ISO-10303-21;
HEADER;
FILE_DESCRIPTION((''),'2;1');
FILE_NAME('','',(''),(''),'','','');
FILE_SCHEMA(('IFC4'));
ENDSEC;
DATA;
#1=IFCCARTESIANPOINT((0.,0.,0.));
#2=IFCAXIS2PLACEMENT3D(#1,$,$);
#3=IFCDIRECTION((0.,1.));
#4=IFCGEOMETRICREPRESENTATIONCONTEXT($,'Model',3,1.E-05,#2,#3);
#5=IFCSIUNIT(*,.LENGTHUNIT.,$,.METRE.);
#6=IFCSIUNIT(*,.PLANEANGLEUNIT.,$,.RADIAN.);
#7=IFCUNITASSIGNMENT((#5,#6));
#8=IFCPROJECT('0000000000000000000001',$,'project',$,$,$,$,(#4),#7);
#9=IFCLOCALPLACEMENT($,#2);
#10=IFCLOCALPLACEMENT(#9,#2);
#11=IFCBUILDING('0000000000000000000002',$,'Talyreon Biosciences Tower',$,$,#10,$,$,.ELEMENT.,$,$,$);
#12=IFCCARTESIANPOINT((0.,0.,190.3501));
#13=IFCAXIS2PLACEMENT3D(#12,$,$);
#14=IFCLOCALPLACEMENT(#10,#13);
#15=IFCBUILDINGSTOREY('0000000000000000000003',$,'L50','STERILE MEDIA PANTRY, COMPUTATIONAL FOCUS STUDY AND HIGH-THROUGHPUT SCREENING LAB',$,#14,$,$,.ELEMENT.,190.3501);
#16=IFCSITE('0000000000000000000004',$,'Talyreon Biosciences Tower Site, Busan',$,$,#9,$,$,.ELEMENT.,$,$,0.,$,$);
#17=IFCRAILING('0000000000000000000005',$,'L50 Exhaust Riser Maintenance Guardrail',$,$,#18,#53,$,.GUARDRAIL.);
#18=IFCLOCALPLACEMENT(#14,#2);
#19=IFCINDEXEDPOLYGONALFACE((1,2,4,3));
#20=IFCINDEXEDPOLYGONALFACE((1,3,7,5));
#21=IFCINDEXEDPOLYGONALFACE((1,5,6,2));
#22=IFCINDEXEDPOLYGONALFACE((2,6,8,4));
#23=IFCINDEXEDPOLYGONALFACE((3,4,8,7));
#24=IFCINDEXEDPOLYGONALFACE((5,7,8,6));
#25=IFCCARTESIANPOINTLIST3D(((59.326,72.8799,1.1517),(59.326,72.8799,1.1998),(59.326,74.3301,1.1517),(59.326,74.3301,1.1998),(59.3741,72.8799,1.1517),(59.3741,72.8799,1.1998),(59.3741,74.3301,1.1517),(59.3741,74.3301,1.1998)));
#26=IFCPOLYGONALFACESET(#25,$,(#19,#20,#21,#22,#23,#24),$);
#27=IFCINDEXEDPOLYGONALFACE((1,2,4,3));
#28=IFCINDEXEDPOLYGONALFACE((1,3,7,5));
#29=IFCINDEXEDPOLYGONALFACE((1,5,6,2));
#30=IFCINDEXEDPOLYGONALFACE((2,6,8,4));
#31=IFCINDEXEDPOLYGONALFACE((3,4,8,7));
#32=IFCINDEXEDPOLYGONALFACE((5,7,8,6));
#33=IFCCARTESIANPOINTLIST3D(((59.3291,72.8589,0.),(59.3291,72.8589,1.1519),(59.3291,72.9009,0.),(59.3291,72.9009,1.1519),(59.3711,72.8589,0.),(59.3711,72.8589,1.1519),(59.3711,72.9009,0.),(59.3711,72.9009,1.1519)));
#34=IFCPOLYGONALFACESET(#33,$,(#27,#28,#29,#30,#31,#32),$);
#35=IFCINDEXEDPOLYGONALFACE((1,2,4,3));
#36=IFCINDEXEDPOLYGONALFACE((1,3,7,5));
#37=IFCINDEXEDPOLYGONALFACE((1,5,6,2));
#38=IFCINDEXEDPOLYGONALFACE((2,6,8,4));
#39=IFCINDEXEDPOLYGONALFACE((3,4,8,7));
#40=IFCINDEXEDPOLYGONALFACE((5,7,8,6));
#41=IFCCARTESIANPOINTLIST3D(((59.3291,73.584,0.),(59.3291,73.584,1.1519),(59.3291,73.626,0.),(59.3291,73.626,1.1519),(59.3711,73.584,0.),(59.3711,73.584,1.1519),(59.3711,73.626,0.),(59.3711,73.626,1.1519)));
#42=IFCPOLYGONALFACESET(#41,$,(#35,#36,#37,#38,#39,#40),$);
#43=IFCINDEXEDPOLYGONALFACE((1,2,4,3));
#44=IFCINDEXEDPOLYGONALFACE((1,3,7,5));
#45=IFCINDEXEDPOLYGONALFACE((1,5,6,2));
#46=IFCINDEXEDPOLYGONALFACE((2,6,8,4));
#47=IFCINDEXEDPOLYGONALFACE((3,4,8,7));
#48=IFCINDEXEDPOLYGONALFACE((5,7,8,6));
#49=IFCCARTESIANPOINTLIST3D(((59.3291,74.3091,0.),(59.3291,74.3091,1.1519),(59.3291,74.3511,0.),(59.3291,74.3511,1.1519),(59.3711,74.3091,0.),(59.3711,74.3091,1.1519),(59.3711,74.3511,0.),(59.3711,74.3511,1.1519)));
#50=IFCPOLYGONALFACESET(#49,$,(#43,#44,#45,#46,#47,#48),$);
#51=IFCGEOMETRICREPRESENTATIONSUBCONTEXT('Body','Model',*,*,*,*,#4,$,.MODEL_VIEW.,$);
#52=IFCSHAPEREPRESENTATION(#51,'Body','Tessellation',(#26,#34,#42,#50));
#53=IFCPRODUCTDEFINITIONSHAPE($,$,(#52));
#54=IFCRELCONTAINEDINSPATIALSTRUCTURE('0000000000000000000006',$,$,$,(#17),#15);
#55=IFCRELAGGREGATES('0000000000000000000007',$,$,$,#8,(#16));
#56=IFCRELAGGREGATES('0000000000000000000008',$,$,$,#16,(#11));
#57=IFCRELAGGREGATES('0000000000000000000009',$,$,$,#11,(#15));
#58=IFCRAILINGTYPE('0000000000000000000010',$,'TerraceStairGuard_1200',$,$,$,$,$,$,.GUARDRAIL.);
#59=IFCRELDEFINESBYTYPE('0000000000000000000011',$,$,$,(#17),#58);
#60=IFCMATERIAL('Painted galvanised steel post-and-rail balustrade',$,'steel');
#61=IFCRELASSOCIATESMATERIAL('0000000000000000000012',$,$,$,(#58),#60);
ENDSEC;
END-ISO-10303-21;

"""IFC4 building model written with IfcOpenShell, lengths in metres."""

from ifc_helpers import new_model, si_unit, direction, frame, origin, origin_2d, place, context, subcontext, project, spatial, rectangle, extrude, material, type_object, element, save


model = new_model("IFC4")

# Units and contexts
model_context = context("Model", 3, precision=1e-05, world=origin(), true_north=direction((0.0, 1.0)))
body_context = subcontext(model_context, "Body", "Model", "MODEL_VIEW")
ifc_project = project(units=[si_unit("LENGTHUNIT", "METRE"), si_unit("PLANEANGLEUNIT", "RADIAN")], contexts=[model_context])

# Site, building, storey
site_placement = place(None, origin())
site = spatial("IfcSite", under=ifc_project, at=site_placement, Name="Talyreon Biosciences Tower Site, Busan", CompositionType="ELEMENT", RefElevation=0.0)
building_placement = place(site_placement, origin())
building = spatial("IfcBuilding", under=site, at=building_placement, Name="Talyreon Biosciences Tower", CompositionType="ELEMENT")
storey_placement = place(building_placement, frame((0.0, 0.0, 190.3501)))
storey = spatial("IfcBuildingStorey", under=building, at=storey_placement, Name="L50", Description="STERILE MEDIA PANTRY, COMPUTATIONAL FOCUS STUDY AND HIGH-THROUGHPUT SCREENING LAB", CompositionType="ELEMENT", Elevation=190.3501)

# Railing
ifc_material_1 = material(Name="Painted galvanised steel post-and-rail balustrade", Category="steel")
railing_type_1 = type_object("IfcRailingType", Name="TerraceStairGuard_1200", PredefinedType="GUARDRAIL", material=ifc_material_1)
railing_1_placement = place(storey_placement, frame((59.3501, 72.8799, 0.0)))
element("IfcRailing", 1, at=railing_1_placement, inside=storey, type_object=railing_type_1, Name="L50 Exhaust Riser Maintenance Guardrail", PredefinedType="GUARDRAIL", context=body_context, shape_type="SweptSolid", body=[
    extrude(rectangle(XDim=0.0481, YDim=0.0481, at=origin_2d()), frame((0.0, 0.0, 1.1758), z_axis=(0.0, 1.0, 0.0), x_axis=(-1.0, 0.0, 0.0)), (0.0, 0.0, 1.0), 1.4502),
    extrude(rectangle(XDim=0.042, YDim=0.042, at=origin_2d()), origin(), (0.0, 0.0, 1.0), 1.1519),
    extrude(rectangle(XDim=0.042, YDim=0.042, at=origin_2d()), frame((0.0, 0.7251, 0.0)), (0.0, 0.0, 1.0), 1.1519),
    extrude(rectangle(XDim=0.042, YDim=0.042, at=origin_2d()), frame((0.0, 1.4502, 0.0)), (0.0, 0.0, 1.0), 1.1519),
])

save(model, "model.ifc")
